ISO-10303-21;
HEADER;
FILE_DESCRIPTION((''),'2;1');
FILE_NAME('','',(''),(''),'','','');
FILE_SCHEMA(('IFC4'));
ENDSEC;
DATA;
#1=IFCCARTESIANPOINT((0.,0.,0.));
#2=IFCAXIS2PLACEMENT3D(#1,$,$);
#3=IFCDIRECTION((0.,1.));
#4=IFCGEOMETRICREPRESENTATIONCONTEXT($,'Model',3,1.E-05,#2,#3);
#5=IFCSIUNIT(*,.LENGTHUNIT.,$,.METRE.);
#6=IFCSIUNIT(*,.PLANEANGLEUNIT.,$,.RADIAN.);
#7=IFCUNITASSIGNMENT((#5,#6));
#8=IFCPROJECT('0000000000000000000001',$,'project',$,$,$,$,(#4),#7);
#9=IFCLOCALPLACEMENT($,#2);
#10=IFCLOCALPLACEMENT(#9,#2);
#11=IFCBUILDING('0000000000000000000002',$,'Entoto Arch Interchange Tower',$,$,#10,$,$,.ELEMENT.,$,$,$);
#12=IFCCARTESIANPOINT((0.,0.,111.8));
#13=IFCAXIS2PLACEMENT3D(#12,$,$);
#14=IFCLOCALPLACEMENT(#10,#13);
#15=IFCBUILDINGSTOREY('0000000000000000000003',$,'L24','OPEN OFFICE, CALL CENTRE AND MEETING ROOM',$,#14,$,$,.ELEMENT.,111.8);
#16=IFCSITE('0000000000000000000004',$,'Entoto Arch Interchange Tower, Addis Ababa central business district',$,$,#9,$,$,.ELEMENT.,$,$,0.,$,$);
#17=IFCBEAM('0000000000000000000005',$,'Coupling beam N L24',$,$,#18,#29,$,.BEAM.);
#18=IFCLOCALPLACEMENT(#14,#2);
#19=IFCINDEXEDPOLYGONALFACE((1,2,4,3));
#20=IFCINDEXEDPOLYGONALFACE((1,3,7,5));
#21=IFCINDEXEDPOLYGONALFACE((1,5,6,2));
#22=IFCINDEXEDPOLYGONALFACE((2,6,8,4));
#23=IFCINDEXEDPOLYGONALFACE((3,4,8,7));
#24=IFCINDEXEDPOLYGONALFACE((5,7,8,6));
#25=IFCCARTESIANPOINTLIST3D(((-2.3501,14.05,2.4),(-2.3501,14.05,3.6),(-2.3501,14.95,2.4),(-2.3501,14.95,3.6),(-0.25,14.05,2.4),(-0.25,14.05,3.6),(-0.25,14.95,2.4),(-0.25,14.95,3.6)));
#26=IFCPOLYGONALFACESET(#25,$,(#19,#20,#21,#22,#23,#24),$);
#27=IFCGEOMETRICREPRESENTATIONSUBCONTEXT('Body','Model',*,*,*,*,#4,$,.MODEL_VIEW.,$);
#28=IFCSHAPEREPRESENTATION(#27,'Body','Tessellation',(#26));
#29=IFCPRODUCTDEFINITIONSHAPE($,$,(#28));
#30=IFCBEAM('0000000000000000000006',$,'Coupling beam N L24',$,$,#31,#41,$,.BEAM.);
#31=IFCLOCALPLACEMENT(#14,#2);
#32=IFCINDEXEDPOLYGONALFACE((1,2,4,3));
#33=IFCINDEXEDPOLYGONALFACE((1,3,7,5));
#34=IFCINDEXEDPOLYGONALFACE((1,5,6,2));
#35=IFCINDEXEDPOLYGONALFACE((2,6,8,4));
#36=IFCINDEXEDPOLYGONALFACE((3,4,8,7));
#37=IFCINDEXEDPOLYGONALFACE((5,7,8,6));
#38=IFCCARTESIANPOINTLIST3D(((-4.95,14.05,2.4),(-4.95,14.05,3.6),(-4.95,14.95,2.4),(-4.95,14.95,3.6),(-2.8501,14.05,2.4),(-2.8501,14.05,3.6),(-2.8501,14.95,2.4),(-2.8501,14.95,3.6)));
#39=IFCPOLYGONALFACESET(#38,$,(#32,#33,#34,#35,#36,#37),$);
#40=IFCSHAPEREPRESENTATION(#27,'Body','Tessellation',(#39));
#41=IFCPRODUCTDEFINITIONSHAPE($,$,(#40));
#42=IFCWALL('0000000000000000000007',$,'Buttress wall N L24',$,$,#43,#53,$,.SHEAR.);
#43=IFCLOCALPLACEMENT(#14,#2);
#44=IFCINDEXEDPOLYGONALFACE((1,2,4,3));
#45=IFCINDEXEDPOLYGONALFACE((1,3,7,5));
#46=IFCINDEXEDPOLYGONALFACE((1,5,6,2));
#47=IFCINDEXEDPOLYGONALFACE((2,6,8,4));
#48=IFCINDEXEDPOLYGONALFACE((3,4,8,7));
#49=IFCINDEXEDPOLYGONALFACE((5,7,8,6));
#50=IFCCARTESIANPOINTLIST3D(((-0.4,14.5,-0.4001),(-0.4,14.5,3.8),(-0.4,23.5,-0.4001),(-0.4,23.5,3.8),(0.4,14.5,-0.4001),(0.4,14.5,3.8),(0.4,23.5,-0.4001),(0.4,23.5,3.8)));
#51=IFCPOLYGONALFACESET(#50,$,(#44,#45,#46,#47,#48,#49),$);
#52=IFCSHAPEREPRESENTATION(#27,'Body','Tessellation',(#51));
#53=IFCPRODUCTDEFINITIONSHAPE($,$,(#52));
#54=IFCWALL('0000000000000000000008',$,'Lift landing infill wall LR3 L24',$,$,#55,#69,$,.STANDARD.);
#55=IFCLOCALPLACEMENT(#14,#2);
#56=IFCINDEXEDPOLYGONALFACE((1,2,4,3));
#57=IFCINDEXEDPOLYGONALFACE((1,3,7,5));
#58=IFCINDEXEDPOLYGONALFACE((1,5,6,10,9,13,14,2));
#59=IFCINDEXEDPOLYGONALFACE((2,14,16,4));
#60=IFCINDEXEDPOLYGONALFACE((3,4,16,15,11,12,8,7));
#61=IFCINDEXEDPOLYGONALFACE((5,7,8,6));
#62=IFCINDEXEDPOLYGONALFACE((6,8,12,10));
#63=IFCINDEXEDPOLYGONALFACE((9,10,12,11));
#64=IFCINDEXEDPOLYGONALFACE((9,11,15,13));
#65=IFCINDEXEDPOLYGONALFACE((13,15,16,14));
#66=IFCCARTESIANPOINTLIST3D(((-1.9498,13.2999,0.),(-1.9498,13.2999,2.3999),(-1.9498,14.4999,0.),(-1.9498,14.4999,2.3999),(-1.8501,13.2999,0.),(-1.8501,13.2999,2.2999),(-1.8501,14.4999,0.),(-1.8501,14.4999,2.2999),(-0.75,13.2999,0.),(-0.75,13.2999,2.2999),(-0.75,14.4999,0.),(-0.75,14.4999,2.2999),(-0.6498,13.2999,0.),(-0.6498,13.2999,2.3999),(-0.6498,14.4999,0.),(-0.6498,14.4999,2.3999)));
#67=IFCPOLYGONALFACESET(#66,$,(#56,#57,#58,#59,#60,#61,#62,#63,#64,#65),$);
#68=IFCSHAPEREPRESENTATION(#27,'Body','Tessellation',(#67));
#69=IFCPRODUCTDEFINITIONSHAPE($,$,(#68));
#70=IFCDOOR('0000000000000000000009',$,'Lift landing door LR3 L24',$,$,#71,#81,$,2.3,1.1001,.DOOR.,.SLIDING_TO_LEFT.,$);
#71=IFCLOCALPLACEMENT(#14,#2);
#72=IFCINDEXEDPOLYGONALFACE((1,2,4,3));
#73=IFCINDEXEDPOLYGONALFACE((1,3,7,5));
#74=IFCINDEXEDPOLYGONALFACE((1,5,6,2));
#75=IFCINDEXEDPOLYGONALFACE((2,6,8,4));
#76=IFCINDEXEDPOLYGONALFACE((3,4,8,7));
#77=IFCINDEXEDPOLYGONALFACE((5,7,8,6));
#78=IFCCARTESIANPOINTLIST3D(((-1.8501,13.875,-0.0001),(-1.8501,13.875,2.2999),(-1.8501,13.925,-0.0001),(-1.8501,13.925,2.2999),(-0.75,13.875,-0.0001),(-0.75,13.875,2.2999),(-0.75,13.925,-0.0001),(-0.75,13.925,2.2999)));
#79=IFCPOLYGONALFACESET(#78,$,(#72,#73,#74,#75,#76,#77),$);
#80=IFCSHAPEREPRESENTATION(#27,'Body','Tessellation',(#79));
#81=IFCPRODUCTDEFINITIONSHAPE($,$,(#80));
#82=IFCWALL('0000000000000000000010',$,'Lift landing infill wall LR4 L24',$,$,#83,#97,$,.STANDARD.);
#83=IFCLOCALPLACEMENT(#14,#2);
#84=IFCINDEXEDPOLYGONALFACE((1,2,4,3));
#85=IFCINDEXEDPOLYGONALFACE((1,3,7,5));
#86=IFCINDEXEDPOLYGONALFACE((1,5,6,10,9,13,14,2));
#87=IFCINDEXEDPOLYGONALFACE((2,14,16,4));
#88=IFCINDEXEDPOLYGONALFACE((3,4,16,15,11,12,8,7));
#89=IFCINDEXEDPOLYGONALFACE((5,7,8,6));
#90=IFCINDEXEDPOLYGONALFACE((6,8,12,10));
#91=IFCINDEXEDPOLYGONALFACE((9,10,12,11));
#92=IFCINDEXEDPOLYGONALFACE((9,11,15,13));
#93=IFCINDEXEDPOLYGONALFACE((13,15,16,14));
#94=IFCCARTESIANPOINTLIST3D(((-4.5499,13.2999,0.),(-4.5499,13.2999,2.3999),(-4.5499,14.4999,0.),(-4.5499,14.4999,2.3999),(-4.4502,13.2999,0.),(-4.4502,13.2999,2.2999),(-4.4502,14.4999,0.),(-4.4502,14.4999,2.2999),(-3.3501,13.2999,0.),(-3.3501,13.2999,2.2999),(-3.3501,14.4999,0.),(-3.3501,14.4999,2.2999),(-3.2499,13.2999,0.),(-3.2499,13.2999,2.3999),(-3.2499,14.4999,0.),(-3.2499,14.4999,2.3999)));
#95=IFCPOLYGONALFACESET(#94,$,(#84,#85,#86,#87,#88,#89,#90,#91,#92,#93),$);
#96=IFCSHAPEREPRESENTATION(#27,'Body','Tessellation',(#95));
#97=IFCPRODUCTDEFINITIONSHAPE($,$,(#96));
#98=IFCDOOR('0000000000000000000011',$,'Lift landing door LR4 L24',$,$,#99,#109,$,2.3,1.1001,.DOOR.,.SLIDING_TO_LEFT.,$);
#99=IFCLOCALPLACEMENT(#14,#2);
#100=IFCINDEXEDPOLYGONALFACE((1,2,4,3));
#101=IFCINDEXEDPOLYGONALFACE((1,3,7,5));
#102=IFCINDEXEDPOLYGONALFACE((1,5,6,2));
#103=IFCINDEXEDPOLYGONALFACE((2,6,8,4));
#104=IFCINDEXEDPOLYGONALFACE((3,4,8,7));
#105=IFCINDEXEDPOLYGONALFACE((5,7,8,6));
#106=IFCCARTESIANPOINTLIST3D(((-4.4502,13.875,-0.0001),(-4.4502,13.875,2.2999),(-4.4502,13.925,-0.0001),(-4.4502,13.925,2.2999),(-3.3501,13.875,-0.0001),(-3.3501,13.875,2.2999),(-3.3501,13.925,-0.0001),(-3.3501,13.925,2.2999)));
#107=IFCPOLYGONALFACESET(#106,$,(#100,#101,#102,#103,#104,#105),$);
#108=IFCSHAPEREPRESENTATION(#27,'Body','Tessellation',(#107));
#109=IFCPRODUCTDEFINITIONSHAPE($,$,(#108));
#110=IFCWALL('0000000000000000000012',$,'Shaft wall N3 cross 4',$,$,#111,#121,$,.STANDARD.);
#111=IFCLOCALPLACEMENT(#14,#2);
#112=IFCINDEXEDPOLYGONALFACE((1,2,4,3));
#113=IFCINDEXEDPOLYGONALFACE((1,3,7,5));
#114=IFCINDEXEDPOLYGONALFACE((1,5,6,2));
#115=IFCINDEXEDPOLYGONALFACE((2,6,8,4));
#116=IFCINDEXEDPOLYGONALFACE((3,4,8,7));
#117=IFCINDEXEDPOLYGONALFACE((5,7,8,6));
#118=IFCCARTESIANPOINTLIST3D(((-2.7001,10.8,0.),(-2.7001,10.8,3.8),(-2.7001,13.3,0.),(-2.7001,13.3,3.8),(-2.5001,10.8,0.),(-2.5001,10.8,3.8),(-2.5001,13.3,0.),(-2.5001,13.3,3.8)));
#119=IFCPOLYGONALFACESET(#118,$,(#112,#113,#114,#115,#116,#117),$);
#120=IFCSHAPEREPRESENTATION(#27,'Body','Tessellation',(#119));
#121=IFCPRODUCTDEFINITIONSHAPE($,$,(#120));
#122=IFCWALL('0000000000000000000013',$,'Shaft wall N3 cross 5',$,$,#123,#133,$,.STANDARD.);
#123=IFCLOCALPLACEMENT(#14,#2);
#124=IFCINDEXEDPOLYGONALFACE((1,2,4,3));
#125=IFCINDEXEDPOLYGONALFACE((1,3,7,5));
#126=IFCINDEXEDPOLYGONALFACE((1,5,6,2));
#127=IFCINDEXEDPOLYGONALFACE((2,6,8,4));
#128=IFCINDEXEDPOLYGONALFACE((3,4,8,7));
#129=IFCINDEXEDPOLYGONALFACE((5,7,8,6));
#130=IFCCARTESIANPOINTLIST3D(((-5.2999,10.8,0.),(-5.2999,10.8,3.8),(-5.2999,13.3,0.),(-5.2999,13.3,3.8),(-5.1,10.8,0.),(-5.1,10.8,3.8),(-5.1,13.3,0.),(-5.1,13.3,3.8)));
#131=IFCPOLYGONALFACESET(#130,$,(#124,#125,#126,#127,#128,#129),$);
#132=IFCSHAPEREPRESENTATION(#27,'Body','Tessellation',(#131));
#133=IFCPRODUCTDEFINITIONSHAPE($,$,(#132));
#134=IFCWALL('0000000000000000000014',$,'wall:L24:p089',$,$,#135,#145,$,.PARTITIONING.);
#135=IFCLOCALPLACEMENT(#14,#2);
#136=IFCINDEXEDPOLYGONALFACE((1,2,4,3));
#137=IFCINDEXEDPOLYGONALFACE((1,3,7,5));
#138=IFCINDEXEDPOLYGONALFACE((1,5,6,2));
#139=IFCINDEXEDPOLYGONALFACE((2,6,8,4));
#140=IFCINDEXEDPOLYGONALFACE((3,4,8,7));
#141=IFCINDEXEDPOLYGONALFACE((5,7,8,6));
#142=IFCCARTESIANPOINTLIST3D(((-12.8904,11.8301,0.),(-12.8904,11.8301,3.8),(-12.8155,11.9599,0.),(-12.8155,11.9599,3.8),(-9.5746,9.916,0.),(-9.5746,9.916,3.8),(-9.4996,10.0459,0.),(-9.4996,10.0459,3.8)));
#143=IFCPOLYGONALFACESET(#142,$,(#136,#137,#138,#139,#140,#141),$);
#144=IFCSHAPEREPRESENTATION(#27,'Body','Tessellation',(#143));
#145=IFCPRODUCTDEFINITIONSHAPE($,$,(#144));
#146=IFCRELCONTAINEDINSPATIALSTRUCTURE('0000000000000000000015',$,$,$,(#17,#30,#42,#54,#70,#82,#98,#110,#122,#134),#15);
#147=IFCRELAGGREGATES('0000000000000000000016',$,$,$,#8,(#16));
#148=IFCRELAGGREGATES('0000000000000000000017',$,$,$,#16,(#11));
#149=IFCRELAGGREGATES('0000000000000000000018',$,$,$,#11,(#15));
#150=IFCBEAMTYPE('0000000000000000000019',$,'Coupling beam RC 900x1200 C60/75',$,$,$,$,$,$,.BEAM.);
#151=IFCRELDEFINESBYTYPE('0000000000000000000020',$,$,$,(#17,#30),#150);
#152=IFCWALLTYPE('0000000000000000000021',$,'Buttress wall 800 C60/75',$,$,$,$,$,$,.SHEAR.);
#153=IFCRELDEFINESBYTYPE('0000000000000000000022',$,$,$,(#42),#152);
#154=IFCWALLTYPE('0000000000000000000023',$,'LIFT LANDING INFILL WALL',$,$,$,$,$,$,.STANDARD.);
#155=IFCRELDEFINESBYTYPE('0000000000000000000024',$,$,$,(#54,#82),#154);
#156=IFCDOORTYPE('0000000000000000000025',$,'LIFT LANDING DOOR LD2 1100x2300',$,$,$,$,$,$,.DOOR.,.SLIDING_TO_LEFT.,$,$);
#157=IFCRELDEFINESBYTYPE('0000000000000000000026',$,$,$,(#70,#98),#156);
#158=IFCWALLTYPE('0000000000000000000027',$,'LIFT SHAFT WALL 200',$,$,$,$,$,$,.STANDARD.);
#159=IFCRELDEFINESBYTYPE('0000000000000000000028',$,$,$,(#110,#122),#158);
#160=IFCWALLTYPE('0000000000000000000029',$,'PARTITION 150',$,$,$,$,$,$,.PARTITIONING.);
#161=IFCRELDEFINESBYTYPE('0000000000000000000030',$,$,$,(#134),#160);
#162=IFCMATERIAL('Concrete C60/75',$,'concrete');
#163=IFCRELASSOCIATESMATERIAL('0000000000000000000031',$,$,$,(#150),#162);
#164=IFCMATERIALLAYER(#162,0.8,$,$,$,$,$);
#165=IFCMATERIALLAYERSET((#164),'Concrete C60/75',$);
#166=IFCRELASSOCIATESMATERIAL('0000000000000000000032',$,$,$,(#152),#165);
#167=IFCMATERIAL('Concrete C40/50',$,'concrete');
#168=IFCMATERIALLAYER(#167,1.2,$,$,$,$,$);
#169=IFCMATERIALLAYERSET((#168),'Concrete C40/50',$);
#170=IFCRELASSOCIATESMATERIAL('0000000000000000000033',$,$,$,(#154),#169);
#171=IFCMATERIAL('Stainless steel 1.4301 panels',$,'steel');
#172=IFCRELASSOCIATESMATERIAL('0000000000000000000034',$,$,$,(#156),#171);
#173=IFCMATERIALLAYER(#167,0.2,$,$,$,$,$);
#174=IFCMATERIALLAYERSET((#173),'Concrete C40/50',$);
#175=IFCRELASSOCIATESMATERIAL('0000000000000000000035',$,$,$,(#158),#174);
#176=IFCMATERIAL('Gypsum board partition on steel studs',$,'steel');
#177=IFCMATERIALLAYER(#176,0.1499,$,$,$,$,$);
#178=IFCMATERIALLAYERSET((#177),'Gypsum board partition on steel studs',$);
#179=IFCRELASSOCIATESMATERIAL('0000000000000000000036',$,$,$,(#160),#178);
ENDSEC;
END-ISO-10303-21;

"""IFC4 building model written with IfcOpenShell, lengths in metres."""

from ifc_helpers import new_model, si_unit, direction, frame, frame_2d, origin, origin_2d, place, context, subcontext, project, spatial, rectangle, extrude, material, layer, layer_set, material_profile, profile_set, type_object, element, fill, save


model = new_model("IFC4")

# Units and contexts
model_context = context("Model", 3, precision=1e-05, world=origin(), true_north=direction((0.0, 1.0)))
body_context = subcontext(model_context, "Body", "Model", "MODEL_VIEW")
ifc_project = project(units=[si_unit("LENGTHUNIT", "METRE"), si_unit("PLANEANGLEUNIT", "RADIAN")], contexts=[model_context])

# Site, building, storey
site_placement = place(None, origin())
site = spatial("IfcSite", under=ifc_project, at=site_placement, Name="Entoto Arch Interchange Tower, Addis Ababa central business district", CompositionType="ELEMENT", RefElevation=0.0)
building_placement = place(site_placement, origin())
building = spatial("IfcBuilding", under=site, at=building_placement, Name="Entoto Arch Interchange Tower", CompositionType="ELEMENT")
storey_placement = place(building_placement, frame((0.0, 0.0, 111.8)))
storey = spatial("IfcBuildingStorey", under=building, at=storey_placement, Name="L24", Description="OPEN OFFICE, CALL CENTRE AND MEETING ROOM", CompositionType="ELEMENT", Elevation=111.8)

# Beams
ifc_material_1 = material(Name="Concrete C60/75", Category="concrete")
ifc_material_profile = material_profile(ifc_material_1, rectangle(XDim=0.8999, YDim=1.2, at=origin_2d()))
ifc_profile_set = profile_set([ifc_material_profile], Name="Concrete C60/75")
beam_type = type_object("IfcBeamType", Name="Coupling beam RC 900x1200 C60/75", PredefinedType="BEAM", material=ifc_profile_set)
beam_1_placement = place(storey_placement, frame((-0.25, 14.5, 3.0), z_axis=(-1.0, 0.0, 0.0), x_axis=(0.0, -1.0, 0.0)))
element("IfcBeam", 1, at=beam_1_placement, inside=storey, type_object=beam_type, Name="Coupling beam N L24", PredefinedType="BEAM", context=body_context, shape_type="SweptSolid", body=[
    extrude(rectangle(XDim=0.8999, YDim=1.2, at=origin_2d()), origin(), (0.0, 0.0, 1.0), 2.1001),
])
beam_2_placement = place(storey_placement, frame((-2.8501, 14.5, 3.0), z_axis=(-1.0, 0.0, 0.0), x_axis=(0.0, -1.0, 0.0)))
element("IfcBeam", 2, at=beam_2_placement, inside=storey, type_object=beam_type, Name="Coupling beam N L24", PredefinedType="BEAM", context=body_context, shape_type="SweptSolid", body=[
    extrude(rectangle(XDim=0.8999, YDim=1.2, at=origin_2d()), origin(), (0.0, 0.0, 1.0), 2.0999),
])

# Wall
ifc_layer_1 = layer(ifc_material_1, 0.8)
ifc_layer_set_1 = layer_set([ifc_layer_1], Name="Concrete C60/75")
wall_type_1 = type_object("IfcWallType", Name="Buttress wall 800 C60/75", PredefinedType="SHEAR", material=ifc_layer_set_1)
wall_1_placement = place(storey_placement, frame((0.0, 14.5, -0.4001), z_axis=(0.0, 0.0, 1.0), x_axis=(0.0, 1.0, 0.0)))
element("IfcWall", 3, at=wall_1_placement, inside=storey, type_object=wall_type_1, Name="Buttress wall N L24", PredefinedType="SHEAR", context=body_context, shape_type="SweptSolid", body=[
    extrude(rectangle(XDim=9.0, YDim=0.8, at=frame_2d((4.5, 0.0))), origin(), (0.0, 0.0, 1.0), 4.2002),
])

# Walls, openings, doors
ifc_material_2 = material(Name="Concrete C40/50", Category="concrete")
ifc_layer_2 = layer(ifc_material_2, 1.2)
ifc_layer_set_2 = layer_set([ifc_layer_2], Name="Concrete C40/50")
wall_type_2 = type_object("IfcWallType", Name="LIFT LANDING INFILL WALL", PredefinedType="STANDARD", material=ifc_layer_set_2)
wall_2_placement = place(storey_placement, frame((-0.6499, 13.8999, 0.0), z_axis=(0.0, 0.0, 1.0), x_axis=(-1.0, 0.0, 0.0)))
wall_2 = element("IfcWall", 4, at=wall_2_placement, inside=storey, type_object=wall_type_2, Name="Lift landing infill wall LR3 L24", PredefinedType="STANDARD", context=body_context, shape_type="SweptSolid", body=[
    extrude(rectangle(XDim=1.3, YDim=1.2, at=frame_2d((0.6499, 0.0))), origin(), (0.0, 0.0, 1.0), 2.3999),
])
opening_1_placement = place(wall_2_placement, frame((0.1001, 0.0, 0.0)))
opening_1 = element("IfcOpeningElement", 5, at=opening_1_placement, cuts=wall_2, PredefinedType="OPENING", context=body_context, shape_type="SweptSolid", body=[
    extrude(rectangle(XDim=1.1001, YDim=2.3, at=frame_2d((0.55, 1.1499))), frame((0.0, 0.6099, 0.0), z_axis=(0.0, -1.0, 0.0), x_axis=(1.0, 0.0, 0.0)), (0.0, 0.0, 1.0), 1.22),
])
ifc_material_3 = material(Name="Stainless steel 1.4301 panels", Category="steel")
door_type_1 = type_object("IfcDoorType", Name="LIFT LANDING DOOR LD2 1100x2300", OperationType="SLIDING_TO_LEFT", PredefinedType="DOOR", material=ifc_material_3)
door_1_placement = place(opening_1_placement, origin())
door_1 = element("IfcDoor", 6, at=door_1_placement, inside=storey, type_object=door_type_1, Name="Lift landing door LR3 L24", OperationType="SLIDING_TO_LEFT", OverallHeight=2.3, OverallWidth=1.1001, PredefinedType="DOOR", context=body_context, shape_type="SweptSolid", body=[
    extrude(rectangle(XDim=1.1001, YDim=2.3, at=frame_2d((0.55, 1.1499))), frame((0.0, 0.0249, 0.0), z_axis=(0.0, -1.0, 0.0), x_axis=(1.0, 0.0, 0.0)), (0.0, 0.0, 1.0), 0.05),
])
fill(opening_1, door_1)
wall_3_placement = place(storey_placement, frame((-3.25, 13.8999, 0.0), z_axis=(0.0, 0.0, 1.0), x_axis=(-1.0, 0.0, 0.0)))
wall_3 = element("IfcWall", 7, at=wall_3_placement, inside=storey, type_object=wall_type_2, Name="Lift landing infill wall LR4 L24", PredefinedType="STANDARD", context=body_context, shape_type="SweptSolid", body=[
    extrude(rectangle(XDim=1.3, YDim=1.2, at=frame_2d((0.6499, 0.0))), origin(), (0.0, 0.0, 1.0), 2.3999),
])
opening_2_placement = place(wall_3_placement, frame((0.1001, 0.0, 0.0)))
opening_2 = element("IfcOpeningElement", 8, at=opening_2_placement, cuts=wall_3, PredefinedType="OPENING", context=body_context, shape_type="SweptSolid", body=[
    extrude(rectangle(XDim=1.1001, YDim=2.3, at=frame_2d((0.55, 1.1499))), frame((0.0, 0.6099, 0.0), z_axis=(0.0, -1.0, 0.0), x_axis=(1.0, 0.0, 0.0)), (0.0, 0.0, 1.0), 1.22),
])
door_2_placement = place(opening_2_placement, origin())
door_2 = element("IfcDoor", 9, at=door_2_placement, inside=storey, type_object=door_type_1, Name="Lift landing door LR4 L24", OperationType="SLIDING_TO_LEFT", OverallHeight=2.3, OverallWidth=1.1001, PredefinedType="DOOR", context=body_context, shape_type="SweptSolid", body=[
    extrude(rectangle(XDim=1.1001, YDim=2.3, at=frame_2d((0.55, 1.1499))), frame((0.0, 0.0249, 0.0), z_axis=(0.0, -1.0, 0.0), x_axis=(1.0, 0.0, 0.0)), (0.0, 0.0, 1.0), 0.05),
])
fill(opening_2, door_2)

# Walls
ifc_layer_3 = layer(ifc_material_2, 0.2)
ifc_layer_set_3 = layer_set([ifc_layer_3], Name="Concrete C40/50")
wall_type_3 = type_object("IfcWallType", Name="LIFT SHAFT WALL 200", PredefinedType="STANDARD", material=ifc_layer_set_3)
for number, where, z_axis, x_axis, name in (
    (10, (-2.6001, 10.8, 0.0), (0.0, 0.0, 1.0), (0.0, 1.0, 0.0), "Shaft wall N3 cross 4"),
    (11, (-5.2, 10.8, 0.0), (0.0, 0.0, 1.0), (0.0, 1.0, 0.0), "Shaft wall N3 cross 5"),
):
    element("IfcWall", number, at=place(storey_placement, frame(where, z_axis=z_axis, x_axis=x_axis)), inside=storey, type_object=wall_type_3, Name=name, PredefinedType="STANDARD", context=body_context, shape_type="SweptSolid", body=[
        extrude(rectangle(XDim=2.5, YDim=0.2, at=frame_2d((1.25, 0.0))), origin(), (0.0, 0.0, 1.0), 3.8),
    ])
ifc_material_4 = material(Name="Gypsum board partition on steel studs", Category="steel")
ifc_layer_4 = layer(ifc_material_4, 0.1499)
ifc_layer_set_4 = layer_set([ifc_layer_4], Name="Gypsum board partition on steel studs")
wall_type_4 = type_object("IfcWallType", Name="PARTITION 150", PredefinedType="PARTITIONING", material=ifc_layer_set_4)
wall_4_placement = place(storey_placement, frame((-9.5371, 9.981, 0.0), z_axis=(0.0, 0.0, 1.0), x_axis=(-0.866069, 0.499925, 0.0)))
element("IfcWall", 12, at=wall_4_placement, inside=storey, type_object=wall_type_4, Name="wall:L24:p089", PredefinedType="PARTITIONING", context=body_context, shape_type="SweptSolid", body=[
    extrude(rectangle(XDim=3.8286, YDim=0.1499, at=frame_2d((1.9143, 0.0))), origin(), (0.0, 0.0, 1.0), 3.8),
])

save(model, "model.ifc")
